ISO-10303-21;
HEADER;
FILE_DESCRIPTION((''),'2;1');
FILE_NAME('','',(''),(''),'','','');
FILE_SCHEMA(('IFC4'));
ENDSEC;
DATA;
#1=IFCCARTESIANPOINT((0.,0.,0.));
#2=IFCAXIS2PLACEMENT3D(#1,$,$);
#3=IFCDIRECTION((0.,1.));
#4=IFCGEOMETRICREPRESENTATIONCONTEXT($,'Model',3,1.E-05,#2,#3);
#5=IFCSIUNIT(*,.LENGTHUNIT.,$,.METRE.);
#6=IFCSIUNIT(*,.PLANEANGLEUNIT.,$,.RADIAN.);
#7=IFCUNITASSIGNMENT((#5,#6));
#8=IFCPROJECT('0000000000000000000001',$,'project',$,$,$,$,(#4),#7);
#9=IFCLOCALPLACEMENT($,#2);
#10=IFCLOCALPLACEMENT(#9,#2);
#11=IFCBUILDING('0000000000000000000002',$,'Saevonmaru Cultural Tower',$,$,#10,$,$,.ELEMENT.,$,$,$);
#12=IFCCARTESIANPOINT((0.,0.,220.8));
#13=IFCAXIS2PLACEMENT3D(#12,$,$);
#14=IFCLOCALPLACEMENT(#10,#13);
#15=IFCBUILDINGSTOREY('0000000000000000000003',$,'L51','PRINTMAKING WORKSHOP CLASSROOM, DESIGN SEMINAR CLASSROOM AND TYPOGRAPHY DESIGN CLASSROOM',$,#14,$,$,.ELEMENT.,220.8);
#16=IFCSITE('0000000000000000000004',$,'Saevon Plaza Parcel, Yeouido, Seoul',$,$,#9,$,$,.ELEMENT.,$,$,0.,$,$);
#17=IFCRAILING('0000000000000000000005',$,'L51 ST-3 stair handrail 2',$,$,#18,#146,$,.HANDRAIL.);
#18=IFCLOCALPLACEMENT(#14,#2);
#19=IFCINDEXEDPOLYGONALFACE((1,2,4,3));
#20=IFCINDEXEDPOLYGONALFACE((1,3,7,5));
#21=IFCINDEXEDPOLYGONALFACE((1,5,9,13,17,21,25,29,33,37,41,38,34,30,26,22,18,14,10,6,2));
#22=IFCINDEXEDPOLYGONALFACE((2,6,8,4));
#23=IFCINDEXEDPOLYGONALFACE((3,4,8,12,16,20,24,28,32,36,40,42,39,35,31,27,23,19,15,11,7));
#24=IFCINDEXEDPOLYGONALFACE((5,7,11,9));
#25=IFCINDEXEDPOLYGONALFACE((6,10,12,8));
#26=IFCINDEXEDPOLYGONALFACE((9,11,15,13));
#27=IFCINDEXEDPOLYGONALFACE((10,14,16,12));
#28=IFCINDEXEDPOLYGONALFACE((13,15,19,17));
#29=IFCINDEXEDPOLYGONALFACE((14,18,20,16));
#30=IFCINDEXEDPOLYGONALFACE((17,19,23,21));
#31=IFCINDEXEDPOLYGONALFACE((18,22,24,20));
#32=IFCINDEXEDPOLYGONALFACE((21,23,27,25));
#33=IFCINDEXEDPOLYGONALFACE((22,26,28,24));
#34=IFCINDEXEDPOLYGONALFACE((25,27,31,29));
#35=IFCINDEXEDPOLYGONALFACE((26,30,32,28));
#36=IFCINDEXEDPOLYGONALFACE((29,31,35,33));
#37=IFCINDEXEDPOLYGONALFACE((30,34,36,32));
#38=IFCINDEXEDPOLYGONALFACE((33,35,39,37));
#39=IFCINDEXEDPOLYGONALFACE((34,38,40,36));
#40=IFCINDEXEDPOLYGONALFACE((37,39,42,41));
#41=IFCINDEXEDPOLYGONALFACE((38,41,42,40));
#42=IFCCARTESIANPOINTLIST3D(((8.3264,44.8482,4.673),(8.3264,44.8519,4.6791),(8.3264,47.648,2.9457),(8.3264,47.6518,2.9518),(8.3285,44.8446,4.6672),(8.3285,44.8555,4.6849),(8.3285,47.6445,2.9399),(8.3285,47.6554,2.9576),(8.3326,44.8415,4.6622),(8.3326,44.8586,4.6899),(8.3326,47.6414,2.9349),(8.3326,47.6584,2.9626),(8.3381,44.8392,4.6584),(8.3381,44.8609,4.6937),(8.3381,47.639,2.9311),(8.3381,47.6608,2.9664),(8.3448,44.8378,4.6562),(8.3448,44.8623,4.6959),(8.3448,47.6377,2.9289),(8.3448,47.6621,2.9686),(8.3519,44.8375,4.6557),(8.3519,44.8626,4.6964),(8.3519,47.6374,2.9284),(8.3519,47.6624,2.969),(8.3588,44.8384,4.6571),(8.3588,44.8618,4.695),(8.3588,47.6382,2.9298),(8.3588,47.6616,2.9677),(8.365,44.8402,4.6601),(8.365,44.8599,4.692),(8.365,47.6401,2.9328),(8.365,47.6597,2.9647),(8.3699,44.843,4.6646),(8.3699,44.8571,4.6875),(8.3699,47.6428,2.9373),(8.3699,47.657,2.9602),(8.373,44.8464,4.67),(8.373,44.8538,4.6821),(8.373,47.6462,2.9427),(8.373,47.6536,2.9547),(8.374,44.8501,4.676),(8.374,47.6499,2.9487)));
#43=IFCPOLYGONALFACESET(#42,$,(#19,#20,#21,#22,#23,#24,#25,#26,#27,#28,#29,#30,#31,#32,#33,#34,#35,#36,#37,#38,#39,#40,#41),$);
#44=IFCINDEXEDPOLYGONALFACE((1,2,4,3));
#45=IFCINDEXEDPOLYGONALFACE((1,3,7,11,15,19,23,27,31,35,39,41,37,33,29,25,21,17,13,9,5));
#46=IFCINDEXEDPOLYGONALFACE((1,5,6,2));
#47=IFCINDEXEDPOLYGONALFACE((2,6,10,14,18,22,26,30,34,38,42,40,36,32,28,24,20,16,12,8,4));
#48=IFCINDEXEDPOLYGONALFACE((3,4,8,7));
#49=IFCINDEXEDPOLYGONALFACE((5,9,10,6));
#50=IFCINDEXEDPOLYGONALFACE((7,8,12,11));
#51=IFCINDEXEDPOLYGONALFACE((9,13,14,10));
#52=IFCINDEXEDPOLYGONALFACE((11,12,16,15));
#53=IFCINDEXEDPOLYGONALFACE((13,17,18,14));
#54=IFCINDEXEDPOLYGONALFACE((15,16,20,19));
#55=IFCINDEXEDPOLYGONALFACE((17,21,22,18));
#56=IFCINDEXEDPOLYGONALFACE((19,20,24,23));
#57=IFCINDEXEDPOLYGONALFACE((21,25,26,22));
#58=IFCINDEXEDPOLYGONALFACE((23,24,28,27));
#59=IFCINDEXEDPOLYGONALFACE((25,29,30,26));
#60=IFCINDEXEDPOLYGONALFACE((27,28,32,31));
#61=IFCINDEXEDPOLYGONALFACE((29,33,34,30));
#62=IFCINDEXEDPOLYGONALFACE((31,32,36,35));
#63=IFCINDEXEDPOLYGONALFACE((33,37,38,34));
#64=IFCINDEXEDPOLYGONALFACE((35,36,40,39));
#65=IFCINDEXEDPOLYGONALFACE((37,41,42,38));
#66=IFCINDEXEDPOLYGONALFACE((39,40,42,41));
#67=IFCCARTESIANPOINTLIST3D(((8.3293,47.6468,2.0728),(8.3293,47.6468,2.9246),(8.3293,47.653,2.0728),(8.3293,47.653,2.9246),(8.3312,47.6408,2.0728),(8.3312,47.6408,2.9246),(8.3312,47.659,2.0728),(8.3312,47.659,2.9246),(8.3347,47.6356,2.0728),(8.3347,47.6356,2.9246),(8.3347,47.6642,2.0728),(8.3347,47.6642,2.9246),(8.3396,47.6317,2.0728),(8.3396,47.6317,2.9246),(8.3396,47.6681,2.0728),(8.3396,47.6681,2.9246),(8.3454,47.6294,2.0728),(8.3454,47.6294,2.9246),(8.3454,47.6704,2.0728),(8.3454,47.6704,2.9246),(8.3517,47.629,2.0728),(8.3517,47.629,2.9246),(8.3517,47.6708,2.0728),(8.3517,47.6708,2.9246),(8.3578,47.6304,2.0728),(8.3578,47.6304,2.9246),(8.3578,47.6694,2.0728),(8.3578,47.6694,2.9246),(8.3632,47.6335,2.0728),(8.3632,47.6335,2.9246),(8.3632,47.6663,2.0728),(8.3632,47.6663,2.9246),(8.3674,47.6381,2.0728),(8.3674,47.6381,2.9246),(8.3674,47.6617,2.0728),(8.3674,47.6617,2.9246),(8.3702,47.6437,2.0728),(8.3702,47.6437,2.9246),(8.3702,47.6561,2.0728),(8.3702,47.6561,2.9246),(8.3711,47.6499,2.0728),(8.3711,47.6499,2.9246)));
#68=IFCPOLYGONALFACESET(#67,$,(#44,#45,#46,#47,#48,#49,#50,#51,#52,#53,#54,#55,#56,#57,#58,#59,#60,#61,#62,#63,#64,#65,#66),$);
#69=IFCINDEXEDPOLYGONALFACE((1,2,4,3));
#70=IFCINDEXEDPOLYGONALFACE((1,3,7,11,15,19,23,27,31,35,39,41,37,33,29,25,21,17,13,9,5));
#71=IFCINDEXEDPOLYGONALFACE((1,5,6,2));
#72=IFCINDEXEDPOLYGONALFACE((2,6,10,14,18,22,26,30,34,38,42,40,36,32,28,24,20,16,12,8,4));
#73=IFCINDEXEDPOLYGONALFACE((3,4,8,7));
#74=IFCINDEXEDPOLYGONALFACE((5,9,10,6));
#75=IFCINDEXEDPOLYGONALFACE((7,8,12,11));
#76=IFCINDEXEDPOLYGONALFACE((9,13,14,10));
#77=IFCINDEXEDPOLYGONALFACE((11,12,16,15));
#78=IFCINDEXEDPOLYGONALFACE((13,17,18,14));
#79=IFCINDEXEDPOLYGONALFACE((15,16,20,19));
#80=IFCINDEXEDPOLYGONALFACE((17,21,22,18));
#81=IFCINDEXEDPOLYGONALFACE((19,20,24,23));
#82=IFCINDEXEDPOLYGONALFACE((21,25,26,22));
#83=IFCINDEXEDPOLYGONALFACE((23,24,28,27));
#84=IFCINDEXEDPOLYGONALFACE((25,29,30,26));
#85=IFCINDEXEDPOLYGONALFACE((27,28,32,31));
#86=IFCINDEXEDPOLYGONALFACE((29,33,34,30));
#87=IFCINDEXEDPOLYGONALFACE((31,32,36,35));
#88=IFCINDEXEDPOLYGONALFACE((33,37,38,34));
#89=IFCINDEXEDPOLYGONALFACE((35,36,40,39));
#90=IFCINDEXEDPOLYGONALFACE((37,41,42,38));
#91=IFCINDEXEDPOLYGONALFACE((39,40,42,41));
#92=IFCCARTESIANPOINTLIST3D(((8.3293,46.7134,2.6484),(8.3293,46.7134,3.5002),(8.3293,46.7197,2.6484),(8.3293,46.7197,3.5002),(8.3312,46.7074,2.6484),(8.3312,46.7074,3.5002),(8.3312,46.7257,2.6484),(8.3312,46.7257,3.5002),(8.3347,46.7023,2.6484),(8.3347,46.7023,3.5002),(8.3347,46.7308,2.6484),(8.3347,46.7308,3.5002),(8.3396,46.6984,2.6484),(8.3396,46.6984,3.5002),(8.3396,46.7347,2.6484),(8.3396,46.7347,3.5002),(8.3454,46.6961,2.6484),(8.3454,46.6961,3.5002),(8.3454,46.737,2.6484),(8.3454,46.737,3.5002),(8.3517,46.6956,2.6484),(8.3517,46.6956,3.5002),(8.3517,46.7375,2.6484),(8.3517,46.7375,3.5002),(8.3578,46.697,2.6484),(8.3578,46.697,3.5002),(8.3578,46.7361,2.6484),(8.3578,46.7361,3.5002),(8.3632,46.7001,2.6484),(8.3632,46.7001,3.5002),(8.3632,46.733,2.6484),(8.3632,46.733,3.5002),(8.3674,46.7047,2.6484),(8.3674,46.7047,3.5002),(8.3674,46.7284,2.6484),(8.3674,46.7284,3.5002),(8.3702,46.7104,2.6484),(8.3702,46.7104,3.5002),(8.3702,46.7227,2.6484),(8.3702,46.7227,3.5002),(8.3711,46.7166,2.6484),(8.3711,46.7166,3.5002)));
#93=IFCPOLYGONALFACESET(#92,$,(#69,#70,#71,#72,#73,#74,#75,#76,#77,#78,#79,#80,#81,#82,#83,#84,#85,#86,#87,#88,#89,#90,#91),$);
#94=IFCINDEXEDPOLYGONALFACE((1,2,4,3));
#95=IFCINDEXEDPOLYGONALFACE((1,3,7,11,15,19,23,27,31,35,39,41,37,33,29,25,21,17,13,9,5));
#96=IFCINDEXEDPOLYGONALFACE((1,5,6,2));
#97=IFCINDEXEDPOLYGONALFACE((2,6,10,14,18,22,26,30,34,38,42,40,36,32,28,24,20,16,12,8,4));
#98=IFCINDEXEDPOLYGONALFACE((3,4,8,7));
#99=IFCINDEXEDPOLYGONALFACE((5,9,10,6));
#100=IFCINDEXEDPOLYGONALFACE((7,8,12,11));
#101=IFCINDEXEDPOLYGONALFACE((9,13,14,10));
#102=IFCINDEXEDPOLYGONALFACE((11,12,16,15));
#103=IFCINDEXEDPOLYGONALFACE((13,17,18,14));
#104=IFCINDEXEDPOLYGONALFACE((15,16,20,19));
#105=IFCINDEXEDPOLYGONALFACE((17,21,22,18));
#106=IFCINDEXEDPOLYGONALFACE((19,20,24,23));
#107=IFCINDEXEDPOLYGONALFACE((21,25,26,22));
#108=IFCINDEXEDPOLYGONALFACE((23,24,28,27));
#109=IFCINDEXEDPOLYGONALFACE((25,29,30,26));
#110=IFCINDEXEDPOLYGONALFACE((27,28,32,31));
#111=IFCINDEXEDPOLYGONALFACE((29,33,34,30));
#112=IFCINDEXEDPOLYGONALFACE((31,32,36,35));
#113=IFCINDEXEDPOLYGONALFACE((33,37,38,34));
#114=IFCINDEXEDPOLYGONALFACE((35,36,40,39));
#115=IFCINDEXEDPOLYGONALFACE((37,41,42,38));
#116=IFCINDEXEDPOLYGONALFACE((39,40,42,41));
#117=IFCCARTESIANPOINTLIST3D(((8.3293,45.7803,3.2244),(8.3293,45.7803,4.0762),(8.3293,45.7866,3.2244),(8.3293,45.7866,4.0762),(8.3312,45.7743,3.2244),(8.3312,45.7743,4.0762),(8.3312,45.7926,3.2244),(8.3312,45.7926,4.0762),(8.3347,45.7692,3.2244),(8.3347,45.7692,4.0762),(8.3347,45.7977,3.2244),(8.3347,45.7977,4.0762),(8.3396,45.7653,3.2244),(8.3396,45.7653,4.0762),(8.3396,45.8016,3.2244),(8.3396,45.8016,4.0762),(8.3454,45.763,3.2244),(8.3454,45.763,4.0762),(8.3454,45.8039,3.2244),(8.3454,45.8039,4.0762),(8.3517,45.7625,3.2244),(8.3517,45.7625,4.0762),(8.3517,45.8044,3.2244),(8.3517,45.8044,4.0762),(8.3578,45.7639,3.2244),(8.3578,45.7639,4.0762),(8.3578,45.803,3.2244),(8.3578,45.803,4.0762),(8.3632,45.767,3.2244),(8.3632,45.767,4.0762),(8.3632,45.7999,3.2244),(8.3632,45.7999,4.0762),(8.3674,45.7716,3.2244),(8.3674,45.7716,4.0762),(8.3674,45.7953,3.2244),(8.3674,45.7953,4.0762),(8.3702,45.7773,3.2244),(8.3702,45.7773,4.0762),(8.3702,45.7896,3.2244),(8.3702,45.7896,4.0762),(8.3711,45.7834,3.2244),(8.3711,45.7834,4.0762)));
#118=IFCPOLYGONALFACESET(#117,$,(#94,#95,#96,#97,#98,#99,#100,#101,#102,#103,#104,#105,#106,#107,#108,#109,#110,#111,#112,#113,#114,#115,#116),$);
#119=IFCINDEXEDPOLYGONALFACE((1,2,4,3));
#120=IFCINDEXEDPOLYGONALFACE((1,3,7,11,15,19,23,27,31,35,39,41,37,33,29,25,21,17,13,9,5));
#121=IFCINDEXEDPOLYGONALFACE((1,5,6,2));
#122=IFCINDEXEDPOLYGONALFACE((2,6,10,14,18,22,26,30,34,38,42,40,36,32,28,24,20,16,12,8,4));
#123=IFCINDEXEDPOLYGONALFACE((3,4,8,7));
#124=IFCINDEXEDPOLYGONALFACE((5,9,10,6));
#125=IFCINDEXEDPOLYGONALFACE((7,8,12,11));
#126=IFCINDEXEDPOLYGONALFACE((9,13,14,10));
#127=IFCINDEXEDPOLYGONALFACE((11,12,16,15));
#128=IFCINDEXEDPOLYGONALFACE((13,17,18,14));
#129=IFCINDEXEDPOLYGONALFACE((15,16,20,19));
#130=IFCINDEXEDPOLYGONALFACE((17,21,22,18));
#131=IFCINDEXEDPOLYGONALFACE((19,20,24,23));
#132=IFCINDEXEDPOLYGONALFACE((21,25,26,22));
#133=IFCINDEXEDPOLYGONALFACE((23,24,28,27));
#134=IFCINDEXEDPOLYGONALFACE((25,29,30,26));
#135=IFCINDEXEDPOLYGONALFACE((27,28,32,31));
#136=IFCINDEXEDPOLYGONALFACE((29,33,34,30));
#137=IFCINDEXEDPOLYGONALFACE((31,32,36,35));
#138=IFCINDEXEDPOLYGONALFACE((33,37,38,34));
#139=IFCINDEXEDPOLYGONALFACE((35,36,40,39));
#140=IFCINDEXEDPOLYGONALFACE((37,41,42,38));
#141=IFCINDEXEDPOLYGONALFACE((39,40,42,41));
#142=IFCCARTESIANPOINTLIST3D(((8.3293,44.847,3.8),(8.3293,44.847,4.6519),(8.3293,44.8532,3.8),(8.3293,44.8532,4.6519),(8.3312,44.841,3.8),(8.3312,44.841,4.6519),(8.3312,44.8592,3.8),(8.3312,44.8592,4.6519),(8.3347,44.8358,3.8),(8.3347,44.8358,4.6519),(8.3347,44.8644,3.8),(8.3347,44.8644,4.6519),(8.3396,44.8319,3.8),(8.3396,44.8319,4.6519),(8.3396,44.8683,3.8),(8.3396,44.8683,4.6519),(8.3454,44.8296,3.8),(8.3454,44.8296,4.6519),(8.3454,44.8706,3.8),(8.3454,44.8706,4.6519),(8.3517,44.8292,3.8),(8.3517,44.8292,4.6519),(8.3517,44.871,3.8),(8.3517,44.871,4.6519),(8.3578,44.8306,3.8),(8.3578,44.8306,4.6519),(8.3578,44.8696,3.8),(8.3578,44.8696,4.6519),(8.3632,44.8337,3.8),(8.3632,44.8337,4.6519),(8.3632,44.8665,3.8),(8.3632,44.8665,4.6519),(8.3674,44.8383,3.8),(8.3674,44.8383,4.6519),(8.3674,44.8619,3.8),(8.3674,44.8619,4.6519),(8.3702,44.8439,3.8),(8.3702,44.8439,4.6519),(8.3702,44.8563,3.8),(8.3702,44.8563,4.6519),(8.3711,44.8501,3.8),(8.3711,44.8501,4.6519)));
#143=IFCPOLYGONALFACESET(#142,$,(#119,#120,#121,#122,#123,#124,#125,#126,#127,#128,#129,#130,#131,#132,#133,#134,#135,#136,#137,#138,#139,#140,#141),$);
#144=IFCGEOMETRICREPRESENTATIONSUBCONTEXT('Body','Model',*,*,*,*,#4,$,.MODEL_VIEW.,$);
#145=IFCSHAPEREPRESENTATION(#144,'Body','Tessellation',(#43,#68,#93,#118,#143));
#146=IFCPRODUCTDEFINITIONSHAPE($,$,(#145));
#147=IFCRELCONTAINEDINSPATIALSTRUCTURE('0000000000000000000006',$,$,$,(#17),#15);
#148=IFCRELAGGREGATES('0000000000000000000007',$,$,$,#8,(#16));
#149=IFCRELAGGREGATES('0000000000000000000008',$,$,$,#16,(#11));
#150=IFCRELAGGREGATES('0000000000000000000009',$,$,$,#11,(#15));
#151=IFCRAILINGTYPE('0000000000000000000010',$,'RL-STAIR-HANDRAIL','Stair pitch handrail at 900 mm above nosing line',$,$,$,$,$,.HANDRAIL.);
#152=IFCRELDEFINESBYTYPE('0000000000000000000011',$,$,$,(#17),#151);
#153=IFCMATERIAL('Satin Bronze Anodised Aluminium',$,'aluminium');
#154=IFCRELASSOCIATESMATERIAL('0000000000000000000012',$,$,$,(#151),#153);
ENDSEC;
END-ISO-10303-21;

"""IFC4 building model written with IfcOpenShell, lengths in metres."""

from ifc_helpers import new_model, si_unit, direction, frame, origin, origin_2d, place, context, subcontext, project, spatial, circle, extrude, material, type_object, element, save


model = new_model("IFC4")

# Units and contexts
model_context = context("Model", 3, precision=1e-05, world=origin(), true_north=direction((0.0, 1.0)))
body_context = subcontext(model_context, "Body", "Model", "MODEL_VIEW")
ifc_project = project(units=[si_unit("LENGTHUNIT", "METRE"), si_unit("PLANEANGLEUNIT", "RADIAN")], contexts=[model_context])

# Site, building, storey
site_placement = place(None, origin())
site = spatial("IfcSite", under=ifc_project, at=site_placement, Name="Saevon Plaza Parcel, Yeouido, Seoul", CompositionType="ELEMENT", RefElevation=0.0)
building_placement = place(site_placement, origin())
building = spatial("IfcBuilding", under=site, at=building_placement, Name="Saevonmaru Cultural Tower", CompositionType="ELEMENT")
storey_placement = place(building_placement, frame((0.0, 0.0, 220.8)))
storey = spatial("IfcBuildingStorey", under=building, at=storey_placement, Name="L51", Description="PRINTMAKING WORKSHOP CLASSROOM, DESIGN SEMINAR CLASSROOM AND TYPOGRAPHY DESIGN CLASSROOM", CompositionType="ELEMENT", Elevation=220.8)

# Shared definitions
ifc_material_1 = material(Name="Satin Bronze Anodised Aluminium", Category="aluminium")

# Railing
railing_type_1 = type_object("IfcRailingType", Name="RL-STAIR-HANDRAIL", Description="Stair pitch handrail at 900 mm above nosing line", PredefinedType="HANDRAIL", material=ifc_material_1)
railing_1_placement = place(storey_placement, frame((8.3501, 47.6499, 2.0728)))
element("IfcRailing", 1, at=railing_1_placement, inside=storey, type_object=railing_type_1, Name="L51 ST-3 stair handrail 2", PredefinedType="HANDRAIL", context=body_context, shape_type="SweptSolid", body=[
    extrude(circle(Radius=0.0239, at=origin_2d()), frame((0.0, 0.0, 0.876), z_axis=(0.0, -0.851069, 0.525054), x_axis=(1.0, 0.0, 0.0)), (0.0, 0.0, 1.0), 3.2898),
    extrude(circle(Radius=0.021, at=origin_2d()), origin(), (0.0, 0.0, 1.0), 0.8518),
    extrude(circle(Radius=0.021, at=origin_2d()), frame((0.0, -0.9333, 0.5757)), (0.0, 0.0, 1.0), 0.8518),
    extrude(circle(Radius=0.021, at=origin_2d()), frame((0.0, -1.8665, 1.1516)), (0.0, 0.0, 1.0), 0.8518),
    extrude(circle(Radius=0.021, at=origin_2d()), frame((0.0, -2.7998, 1.7273)), (0.0, 0.0, 1.0), 0.8518),
])

save(model, "model.ifc")
